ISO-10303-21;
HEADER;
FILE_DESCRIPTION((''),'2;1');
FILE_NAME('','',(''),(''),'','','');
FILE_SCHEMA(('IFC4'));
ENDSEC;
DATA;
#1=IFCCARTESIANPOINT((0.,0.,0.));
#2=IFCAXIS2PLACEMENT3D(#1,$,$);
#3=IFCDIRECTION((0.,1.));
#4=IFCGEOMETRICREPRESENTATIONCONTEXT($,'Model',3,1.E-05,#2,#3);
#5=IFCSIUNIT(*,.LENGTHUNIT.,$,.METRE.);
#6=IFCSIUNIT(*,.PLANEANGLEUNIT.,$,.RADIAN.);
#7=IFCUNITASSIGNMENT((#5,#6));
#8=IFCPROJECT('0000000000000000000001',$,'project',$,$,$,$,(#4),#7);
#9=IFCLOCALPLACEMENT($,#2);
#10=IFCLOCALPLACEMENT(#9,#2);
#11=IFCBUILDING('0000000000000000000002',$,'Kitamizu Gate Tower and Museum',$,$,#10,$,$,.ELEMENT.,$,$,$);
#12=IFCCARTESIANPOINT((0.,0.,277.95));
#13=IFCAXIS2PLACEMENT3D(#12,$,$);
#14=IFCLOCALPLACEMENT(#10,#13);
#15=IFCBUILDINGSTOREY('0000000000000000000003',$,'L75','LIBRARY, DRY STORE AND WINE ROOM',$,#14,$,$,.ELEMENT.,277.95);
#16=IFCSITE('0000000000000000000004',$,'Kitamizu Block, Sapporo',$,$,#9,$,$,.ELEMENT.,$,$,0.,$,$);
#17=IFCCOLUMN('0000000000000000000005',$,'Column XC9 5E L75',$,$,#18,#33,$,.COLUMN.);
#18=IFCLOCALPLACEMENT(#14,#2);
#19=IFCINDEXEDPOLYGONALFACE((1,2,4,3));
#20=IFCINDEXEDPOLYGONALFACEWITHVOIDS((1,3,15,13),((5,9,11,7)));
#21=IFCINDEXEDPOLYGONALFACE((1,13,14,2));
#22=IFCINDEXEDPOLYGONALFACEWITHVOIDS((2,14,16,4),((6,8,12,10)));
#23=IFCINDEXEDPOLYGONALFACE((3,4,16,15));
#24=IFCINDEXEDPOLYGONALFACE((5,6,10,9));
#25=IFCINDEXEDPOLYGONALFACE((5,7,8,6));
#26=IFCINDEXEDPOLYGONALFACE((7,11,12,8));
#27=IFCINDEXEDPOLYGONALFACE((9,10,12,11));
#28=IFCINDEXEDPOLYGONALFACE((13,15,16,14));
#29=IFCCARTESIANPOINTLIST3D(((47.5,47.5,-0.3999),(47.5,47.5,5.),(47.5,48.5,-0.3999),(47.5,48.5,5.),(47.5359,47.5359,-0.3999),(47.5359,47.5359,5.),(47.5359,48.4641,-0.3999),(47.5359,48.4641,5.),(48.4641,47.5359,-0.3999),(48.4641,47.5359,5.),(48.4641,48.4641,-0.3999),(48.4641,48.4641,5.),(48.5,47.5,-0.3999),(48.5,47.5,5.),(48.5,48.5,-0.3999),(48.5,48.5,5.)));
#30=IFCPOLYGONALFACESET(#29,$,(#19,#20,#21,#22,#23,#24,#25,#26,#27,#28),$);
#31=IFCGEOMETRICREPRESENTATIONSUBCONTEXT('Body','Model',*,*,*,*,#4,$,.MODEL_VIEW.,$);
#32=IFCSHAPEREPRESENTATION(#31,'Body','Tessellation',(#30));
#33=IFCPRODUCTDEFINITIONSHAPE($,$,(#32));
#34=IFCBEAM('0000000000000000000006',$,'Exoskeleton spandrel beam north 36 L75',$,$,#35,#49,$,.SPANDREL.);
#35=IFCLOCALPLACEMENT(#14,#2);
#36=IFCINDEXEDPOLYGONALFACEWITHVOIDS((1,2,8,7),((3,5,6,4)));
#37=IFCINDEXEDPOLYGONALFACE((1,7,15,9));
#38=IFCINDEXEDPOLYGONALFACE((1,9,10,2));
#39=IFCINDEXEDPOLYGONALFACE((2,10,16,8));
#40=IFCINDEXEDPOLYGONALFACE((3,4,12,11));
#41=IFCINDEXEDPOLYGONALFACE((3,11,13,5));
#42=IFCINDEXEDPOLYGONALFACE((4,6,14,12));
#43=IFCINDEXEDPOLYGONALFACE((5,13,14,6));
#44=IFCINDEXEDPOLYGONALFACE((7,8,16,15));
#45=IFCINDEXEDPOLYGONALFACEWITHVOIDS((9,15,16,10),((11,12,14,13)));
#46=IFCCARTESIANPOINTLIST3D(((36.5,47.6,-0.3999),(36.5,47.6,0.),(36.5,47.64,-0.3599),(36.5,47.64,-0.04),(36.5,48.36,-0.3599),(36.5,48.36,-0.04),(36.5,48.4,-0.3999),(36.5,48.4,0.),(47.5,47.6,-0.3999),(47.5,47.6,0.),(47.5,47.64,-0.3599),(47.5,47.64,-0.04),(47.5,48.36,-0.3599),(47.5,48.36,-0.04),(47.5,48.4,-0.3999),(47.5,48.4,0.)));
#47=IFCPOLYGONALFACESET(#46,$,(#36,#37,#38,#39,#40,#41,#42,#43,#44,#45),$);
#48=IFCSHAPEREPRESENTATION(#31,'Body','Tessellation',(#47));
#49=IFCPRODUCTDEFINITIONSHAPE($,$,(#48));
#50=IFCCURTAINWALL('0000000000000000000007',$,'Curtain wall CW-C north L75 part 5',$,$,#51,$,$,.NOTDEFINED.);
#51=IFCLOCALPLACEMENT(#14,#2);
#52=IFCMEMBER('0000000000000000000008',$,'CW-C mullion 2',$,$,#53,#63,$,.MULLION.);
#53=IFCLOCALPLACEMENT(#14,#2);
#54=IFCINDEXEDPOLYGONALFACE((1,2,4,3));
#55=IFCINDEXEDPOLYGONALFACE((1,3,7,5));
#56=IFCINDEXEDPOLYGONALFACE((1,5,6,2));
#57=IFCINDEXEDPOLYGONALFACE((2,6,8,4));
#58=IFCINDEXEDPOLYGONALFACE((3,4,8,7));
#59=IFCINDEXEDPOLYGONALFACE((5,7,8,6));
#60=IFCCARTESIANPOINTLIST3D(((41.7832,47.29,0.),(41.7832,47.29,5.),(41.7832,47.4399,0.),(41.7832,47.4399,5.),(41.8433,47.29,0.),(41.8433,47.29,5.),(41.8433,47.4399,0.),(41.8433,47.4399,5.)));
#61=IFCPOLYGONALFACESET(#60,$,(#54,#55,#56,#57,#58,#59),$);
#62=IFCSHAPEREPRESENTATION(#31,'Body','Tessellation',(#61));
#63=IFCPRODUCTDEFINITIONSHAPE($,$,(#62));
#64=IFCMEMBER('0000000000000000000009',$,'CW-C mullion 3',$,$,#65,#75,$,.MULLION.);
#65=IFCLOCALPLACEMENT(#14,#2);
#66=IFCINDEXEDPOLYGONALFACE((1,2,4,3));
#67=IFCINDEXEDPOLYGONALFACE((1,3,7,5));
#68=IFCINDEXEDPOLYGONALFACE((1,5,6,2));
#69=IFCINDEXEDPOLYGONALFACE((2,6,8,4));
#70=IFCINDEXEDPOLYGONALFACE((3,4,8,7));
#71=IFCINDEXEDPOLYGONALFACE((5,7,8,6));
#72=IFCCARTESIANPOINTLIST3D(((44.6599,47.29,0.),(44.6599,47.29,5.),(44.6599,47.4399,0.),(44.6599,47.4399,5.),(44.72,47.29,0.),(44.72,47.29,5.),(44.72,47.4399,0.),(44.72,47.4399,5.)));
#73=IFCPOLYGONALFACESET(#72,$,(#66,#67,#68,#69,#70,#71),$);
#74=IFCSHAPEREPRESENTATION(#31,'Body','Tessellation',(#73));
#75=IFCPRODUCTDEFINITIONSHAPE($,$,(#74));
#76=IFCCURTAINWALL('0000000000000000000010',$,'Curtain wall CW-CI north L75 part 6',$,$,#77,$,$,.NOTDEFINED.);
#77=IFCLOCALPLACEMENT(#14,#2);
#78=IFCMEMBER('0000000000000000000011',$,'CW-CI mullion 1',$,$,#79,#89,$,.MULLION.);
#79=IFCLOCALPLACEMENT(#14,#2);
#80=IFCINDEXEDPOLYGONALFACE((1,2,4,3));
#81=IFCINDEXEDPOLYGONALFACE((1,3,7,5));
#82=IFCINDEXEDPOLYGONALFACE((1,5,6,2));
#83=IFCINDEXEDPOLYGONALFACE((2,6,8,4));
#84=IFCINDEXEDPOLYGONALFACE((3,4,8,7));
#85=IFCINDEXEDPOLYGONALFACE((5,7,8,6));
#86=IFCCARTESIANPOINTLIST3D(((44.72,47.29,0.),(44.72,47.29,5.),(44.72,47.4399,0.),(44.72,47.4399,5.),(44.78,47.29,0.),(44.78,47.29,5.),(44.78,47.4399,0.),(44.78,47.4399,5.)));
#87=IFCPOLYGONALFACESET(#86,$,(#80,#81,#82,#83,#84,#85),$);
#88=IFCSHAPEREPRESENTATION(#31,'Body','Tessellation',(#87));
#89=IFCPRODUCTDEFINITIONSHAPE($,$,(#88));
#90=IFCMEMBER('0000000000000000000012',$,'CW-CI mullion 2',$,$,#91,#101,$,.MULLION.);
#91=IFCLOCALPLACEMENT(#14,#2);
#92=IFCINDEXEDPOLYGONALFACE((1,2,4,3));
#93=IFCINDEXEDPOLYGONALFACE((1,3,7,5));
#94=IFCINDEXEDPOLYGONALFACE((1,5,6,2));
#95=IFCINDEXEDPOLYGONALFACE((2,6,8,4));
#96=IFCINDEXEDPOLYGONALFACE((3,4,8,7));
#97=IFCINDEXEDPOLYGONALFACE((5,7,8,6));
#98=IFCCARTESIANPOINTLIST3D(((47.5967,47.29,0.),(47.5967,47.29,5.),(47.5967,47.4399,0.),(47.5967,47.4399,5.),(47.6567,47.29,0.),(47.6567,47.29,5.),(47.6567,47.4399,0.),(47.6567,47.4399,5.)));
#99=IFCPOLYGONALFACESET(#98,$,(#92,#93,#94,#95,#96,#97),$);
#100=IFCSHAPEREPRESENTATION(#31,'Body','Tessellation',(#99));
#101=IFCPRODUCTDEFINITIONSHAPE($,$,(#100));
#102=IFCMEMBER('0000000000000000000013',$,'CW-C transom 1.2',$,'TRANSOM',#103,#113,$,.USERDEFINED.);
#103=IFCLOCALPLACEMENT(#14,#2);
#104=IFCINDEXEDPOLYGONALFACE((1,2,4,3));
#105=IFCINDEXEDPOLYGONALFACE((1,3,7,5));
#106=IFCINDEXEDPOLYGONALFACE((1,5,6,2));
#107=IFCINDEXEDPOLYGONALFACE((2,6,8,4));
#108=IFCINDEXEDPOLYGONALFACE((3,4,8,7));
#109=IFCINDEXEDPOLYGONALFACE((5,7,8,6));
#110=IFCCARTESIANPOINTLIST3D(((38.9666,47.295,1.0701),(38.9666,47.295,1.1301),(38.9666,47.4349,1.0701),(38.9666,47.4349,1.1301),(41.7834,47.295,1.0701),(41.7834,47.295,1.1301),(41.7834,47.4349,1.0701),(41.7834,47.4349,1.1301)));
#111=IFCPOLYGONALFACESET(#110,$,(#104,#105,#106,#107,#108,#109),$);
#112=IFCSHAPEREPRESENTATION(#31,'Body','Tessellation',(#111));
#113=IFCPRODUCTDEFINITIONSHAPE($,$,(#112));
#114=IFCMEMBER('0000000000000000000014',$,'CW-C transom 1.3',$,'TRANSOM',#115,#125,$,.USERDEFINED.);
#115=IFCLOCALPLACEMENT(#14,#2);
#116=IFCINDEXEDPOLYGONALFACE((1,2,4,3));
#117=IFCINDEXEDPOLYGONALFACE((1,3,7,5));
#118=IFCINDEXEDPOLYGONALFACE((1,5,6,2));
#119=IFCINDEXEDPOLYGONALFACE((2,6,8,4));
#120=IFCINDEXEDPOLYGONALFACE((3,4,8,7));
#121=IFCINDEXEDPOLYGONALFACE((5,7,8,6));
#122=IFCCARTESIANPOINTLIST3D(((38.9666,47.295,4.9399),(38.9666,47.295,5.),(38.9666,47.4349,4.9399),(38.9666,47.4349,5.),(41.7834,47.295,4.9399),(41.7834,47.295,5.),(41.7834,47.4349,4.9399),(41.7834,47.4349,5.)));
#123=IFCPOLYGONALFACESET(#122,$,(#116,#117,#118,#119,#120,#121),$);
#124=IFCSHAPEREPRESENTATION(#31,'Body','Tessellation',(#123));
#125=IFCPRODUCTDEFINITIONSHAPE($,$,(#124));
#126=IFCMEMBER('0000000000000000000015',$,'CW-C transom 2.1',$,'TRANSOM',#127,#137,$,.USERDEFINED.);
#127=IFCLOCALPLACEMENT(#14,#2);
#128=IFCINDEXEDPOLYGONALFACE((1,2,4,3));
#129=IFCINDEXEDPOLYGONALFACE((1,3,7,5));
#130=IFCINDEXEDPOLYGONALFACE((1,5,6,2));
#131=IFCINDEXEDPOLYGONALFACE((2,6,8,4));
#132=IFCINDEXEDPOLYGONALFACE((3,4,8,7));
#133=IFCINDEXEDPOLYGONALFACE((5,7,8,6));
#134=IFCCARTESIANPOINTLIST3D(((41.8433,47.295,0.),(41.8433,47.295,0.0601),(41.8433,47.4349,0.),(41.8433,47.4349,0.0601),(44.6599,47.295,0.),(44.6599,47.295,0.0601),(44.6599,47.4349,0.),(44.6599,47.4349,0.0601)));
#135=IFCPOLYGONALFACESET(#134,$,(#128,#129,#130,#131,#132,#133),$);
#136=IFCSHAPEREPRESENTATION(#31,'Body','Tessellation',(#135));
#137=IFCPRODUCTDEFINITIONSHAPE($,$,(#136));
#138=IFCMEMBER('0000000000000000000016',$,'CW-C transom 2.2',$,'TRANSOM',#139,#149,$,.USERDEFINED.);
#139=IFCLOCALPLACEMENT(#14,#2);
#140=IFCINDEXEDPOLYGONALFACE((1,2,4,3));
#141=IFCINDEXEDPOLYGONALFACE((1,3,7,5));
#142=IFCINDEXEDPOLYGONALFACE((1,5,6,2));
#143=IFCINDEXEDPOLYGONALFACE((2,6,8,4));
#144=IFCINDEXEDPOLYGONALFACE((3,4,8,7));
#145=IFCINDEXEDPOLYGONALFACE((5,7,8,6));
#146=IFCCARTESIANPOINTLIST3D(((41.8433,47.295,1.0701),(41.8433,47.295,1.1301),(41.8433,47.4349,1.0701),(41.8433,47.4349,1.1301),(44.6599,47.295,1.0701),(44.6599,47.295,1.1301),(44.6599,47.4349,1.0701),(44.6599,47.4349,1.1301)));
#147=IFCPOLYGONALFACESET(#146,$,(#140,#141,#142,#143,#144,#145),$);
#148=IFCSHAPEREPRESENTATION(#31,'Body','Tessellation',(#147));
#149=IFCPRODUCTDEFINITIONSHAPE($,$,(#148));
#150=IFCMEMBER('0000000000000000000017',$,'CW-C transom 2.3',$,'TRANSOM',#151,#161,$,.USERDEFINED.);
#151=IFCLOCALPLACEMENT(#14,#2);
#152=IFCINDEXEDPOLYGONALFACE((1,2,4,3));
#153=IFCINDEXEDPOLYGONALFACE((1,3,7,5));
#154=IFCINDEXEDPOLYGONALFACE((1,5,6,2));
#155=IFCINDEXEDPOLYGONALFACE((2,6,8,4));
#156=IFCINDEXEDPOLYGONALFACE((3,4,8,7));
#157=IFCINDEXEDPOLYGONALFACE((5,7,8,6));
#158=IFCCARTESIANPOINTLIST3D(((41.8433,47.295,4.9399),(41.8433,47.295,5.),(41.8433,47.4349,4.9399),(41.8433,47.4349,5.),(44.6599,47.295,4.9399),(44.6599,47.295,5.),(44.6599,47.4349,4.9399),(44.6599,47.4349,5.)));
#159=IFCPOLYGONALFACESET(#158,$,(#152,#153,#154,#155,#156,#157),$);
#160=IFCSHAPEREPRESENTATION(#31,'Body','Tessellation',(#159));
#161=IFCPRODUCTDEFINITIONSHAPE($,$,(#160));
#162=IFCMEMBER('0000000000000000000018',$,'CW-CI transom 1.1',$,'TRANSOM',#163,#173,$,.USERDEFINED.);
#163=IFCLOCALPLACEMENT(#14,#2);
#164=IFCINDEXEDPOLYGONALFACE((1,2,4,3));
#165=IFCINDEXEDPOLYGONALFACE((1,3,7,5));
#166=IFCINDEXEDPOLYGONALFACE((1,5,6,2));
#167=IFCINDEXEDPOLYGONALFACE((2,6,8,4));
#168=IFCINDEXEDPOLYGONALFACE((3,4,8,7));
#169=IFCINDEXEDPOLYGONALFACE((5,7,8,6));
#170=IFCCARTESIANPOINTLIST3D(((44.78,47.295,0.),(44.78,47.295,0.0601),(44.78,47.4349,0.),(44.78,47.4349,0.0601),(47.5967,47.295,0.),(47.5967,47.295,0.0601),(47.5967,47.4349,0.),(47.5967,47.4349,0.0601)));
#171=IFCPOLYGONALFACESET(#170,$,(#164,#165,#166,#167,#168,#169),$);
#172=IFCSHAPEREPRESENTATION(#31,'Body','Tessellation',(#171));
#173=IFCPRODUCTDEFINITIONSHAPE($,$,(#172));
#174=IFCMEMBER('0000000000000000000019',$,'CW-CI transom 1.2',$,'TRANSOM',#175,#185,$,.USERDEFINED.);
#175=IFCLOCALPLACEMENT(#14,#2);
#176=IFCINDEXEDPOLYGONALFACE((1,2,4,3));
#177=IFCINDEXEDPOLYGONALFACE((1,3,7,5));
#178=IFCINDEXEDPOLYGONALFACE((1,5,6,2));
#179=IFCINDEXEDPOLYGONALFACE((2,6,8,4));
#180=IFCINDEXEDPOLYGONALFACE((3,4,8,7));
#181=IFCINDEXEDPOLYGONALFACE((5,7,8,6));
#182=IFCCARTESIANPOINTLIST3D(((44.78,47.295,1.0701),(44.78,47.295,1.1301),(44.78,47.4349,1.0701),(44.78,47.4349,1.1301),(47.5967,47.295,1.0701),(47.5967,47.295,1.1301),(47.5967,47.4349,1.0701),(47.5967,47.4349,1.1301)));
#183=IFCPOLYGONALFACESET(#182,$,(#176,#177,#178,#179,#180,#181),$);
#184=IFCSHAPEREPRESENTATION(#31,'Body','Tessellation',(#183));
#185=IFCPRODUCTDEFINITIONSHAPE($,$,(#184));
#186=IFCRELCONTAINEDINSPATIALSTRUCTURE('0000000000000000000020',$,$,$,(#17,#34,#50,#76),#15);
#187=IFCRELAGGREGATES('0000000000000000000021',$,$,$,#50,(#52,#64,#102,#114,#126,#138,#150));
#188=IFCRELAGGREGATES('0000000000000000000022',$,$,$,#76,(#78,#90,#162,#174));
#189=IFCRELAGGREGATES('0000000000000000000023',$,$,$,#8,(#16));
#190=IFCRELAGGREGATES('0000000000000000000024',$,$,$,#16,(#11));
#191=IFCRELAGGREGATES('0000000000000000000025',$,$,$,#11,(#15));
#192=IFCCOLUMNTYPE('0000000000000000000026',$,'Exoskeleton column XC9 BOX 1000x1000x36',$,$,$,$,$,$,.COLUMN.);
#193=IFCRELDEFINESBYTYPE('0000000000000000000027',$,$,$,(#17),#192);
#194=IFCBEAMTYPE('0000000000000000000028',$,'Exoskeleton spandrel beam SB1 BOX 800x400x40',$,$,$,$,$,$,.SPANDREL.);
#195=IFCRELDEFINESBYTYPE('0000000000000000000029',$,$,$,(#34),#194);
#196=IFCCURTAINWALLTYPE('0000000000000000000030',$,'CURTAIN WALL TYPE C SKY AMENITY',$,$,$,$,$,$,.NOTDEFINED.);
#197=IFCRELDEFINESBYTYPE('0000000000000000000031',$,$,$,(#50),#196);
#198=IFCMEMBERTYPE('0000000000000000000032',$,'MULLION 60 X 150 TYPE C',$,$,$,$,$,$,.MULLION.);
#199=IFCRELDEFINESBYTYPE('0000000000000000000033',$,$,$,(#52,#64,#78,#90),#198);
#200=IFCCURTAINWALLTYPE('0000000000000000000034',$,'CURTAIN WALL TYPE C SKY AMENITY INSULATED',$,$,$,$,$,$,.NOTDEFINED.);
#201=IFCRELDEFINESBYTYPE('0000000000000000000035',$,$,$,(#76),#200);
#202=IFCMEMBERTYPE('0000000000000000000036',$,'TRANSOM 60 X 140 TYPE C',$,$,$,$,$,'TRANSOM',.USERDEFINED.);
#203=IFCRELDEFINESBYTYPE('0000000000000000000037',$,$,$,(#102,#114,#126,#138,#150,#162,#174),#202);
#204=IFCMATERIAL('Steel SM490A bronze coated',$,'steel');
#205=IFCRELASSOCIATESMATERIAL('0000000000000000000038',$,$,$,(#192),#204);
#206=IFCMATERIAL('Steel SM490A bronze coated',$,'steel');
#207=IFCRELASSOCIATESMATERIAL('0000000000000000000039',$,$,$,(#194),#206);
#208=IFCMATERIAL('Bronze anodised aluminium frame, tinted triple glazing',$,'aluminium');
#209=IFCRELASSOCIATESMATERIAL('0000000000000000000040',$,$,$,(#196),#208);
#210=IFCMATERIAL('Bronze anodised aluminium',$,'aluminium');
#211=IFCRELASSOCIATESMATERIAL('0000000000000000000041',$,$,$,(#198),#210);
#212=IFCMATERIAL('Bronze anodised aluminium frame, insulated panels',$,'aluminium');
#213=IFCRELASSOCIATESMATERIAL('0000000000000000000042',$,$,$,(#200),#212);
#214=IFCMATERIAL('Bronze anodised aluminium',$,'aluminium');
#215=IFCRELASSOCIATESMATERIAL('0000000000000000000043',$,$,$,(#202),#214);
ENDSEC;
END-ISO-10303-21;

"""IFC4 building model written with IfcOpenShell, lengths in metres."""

from ifc_helpers import new_model, si_unit, direction, frame, origin, origin_2d, place, context, subcontext, project, spatial, rectangle, hollow_rectangle, extrude, material, material_profile, profile_set, type_object, element, aggregate, save


model = new_model("IFC4")

# Units and contexts
model_context = context("Model", 3, precision=1e-05, world=origin(), true_north=direction((0.0, 1.0)))
body_context = subcontext(model_context, "Body", "Model", "MODEL_VIEW")
ifc_project = project(units=[si_unit("LENGTHUNIT", "METRE"), si_unit("PLANEANGLEUNIT", "RADIAN")], contexts=[model_context])

# Site, building, storey
site_placement = place(None, origin())
site = spatial("IfcSite", under=ifc_project, at=site_placement, Name="Kitamizu Block, Sapporo", CompositionType="ELEMENT", RefElevation=0.0)
building_placement = place(site_placement, origin())
building = spatial("IfcBuilding", under=site, at=building_placement, Name="Kitamizu Gate Tower and Museum", CompositionType="ELEMENT")
storey_placement = place(building_placement, frame((0.0, 0.0, 277.95)))
storey = spatial("IfcBuildingStorey", under=building, at=storey_placement, Name="L75", Description="LIBRARY, DRY STORE AND WINE ROOM", CompositionType="ELEMENT", Elevation=277.95)

# Column
ifc_material_1 = material(Name="Steel SM490A bronze coated", Category="steel")
ifc_material_profile_1 = material_profile(ifc_material_1, hollow_rectangle(XDim=1.0, YDim=1.0, WallThickness=0.0359, at=origin_2d()), Name="BOX 1000x1000x36")
ifc_profile_set_1 = profile_set([ifc_material_profile_1], Name="Steel SM490A bronze coated")
column_type = type_object("IfcColumnType", Name="Exoskeleton column XC9 BOX 1000x1000x36", PredefinedType="COLUMN", material=ifc_profile_set_1)
column_placement = place(storey_placement, frame((48.0, 48.0, -0.3999), z_axis=(0.0, 0.0, 1.0), x_axis=(1.0, 0.0, 0.0)))
element("IfcColumn", 1, at=column_placement, inside=storey, type_object=column_type, Name="Column XC9 5E L75", PredefinedType="COLUMN", context=body_context, shape_type="SweptSolid", body=[
    extrude(hollow_rectangle(XDim=1.0, YDim=1.0, WallThickness=0.0359, at=origin_2d()), origin(), (0.0, 0.0, 1.0), 5.3999),
])

# Beam
ifc_material_2 = material(Name="Steel SM490A bronze coated", Category="steel")
ifc_material_profile_2 = material_profile(ifc_material_2, hollow_rectangle(XDim=0.8, YDim=0.3999, WallThickness=0.04, at=origin_2d()), Name="BOX 800x400x40")
ifc_profile_set_2 = profile_set([ifc_material_profile_2], Name="Steel SM490A bronze coated")
beam_type_1 = type_object("IfcBeamType", Name="Exoskeleton spandrel beam SB1 BOX 800x400x40", PredefinedType="SPANDREL", material=ifc_profile_set_2)
beam_1_placement = place(storey_placement, frame((36.5, 48.0, -0.2), z_axis=(1.0, 0.0, 0.0), x_axis=(0.0, 1.0, 0.0)))
element("IfcBeam", 2, at=beam_1_placement, inside=storey, type_object=beam_type_1, Name="Exoskeleton spandrel beam north 36 L75", PredefinedType="SPANDREL", context=body_context, shape_type="SweptSolid", body=[
    extrude(hollow_rectangle(XDim=0.8, YDim=0.3999, WallThickness=0.04, at=origin_2d()), origin(), (0.0, 0.0, 1.0), 11.0),
])

# Curtain walls, members
ifc_material_3 = material(Name="Bronze anodised aluminium frame, tinted triple glazing", Category="aluminium")
curtain_wall_type_1 = type_object("IfcCurtainWallType", Name="CURTAIN WALL TYPE C SKY AMENITY", PredefinedType="NOTDEFINED", material=ifc_material_3)
curtain_wall_1_placement = place(storey_placement, origin())
curtain_wall_1 = element("IfcCurtainWall", 3, at=curtain_wall_1_placement, inside=storey, type_object=curtain_wall_type_1, Name="Curtain wall CW-C north L75 part 5", PredefinedType="NOTDEFINED")
ifc_material_4 = material(Name="Bronze anodised aluminium", Category="aluminium")
ifc_material_profile_3 = material_profile(ifc_material_4, rectangle(XDim=0.0601, YDim=0.1499, at=origin_2d()), Name="AL 60X150")
ifc_profile_set_3 = profile_set([ifc_material_profile_3], Name="Bronze anodised aluminium")
member_type_1 = type_object("IfcMemberType", Name="MULLION 60 X 150 TYPE C", PredefinedType="MULLION", material=ifc_profile_set_3)
member_1_placement = place(storey_placement, frame((41.8132, 47.365, 0.0), z_axis=(0.0, 0.0, 1.0), x_axis=(1.0, 0.0, 0.0)))
member_1 = element("IfcMember", 4, at=member_1_placement, type_object=member_type_1, Name="CW-C mullion 2", PredefinedType="MULLION", context=body_context, shape_type="SweptSolid", body=[
    extrude(rectangle(XDim=0.0601, YDim=0.1499, at=origin_2d()), origin(), (0.0, 0.0, 1.0), 5.0),
])
member_2_placement = place(storey_placement, frame((44.6899, 47.365, 0.0), z_axis=(0.0, 0.0, 1.0), x_axis=(1.0, 0.0, 0.0)))
member_2 = element("IfcMember", 5, at=member_2_placement, type_object=member_type_1, Name="CW-C mullion 3", PredefinedType="MULLION", context=body_context, shape_type="SweptSolid", body=[
    extrude(rectangle(XDim=0.0601, YDim=0.1499, at=origin_2d()), origin(), (0.0, 0.0, 1.0), 5.0),
])
ifc_material_5 = material(Name="Bronze anodised aluminium frame, insulated panels", Category="aluminium")
curtain_wall_type_2 = type_object("IfcCurtainWallType", Name="CURTAIN WALL TYPE C SKY AMENITY INSULATED", PredefinedType="NOTDEFINED", material=ifc_material_5)
curtain_wall_2_placement = place(storey_placement, origin())
curtain_wall_2 = element("IfcCurtainWall", 6, at=curtain_wall_2_placement, inside=storey, type_object=curtain_wall_type_2, Name="Curtain wall CW-CI north L75 part 6", PredefinedType="NOTDEFINED")
member_3_placement = place(storey_placement, frame((44.75, 47.365, 0.0), z_axis=(0.0, 0.0, 1.0), x_axis=(1.0, 0.0, 0.0)))
member_3 = element("IfcMember", 7, at=member_3_placement, type_object=member_type_1, Name="CW-CI mullion 1", PredefinedType="MULLION", context=body_context, shape_type="SweptSolid", body=[
    extrude(rectangle(XDim=0.0601, YDim=0.1499, at=origin_2d()), origin(), (0.0, 0.0, 1.0), 5.0),
])
member_4_placement = place(storey_placement, frame((47.6267, 47.365, 0.0), z_axis=(0.0, 0.0, 1.0), x_axis=(1.0, 0.0, 0.0)))
member_4 = element("IfcMember", 8, at=member_4_placement, type_object=member_type_1, Name="CW-CI mullion 2", PredefinedType="MULLION", context=body_context, shape_type="SweptSolid", body=[
    extrude(rectangle(XDim=0.0601, YDim=0.1499, at=origin_2d()), origin(), (0.0, 0.0, 1.0), 5.0),
])

# Members
ifc_material_6 = material(Name="Bronze anodised aluminium", Category="aluminium")
ifc_material_profile_4 = material_profile(ifc_material_6, rectangle(XDim=0.1399, YDim=0.0601, at=origin_2d()), Name="AL 60X140")
ifc_profile_set_4 = profile_set([ifc_material_profile_4], Name="Bronze anodised aluminium")
member_type_2 = type_object("IfcMemberType", Name="TRANSOM 60 X 140 TYPE C", ElementType="TRANSOM", PredefinedType="USERDEFINED", material=ifc_profile_set_4)
member_5_placement = place(storey_placement, frame((38.9666, 47.365, 1.1001), z_axis=(1.0, 0.0, 0.0), x_axis=(0.0, 1.0, 0.0)))
member_5 = element("IfcMember", 9, at=member_5_placement, type_object=member_type_2, Name="CW-C transom 1.2", ObjectType="TRANSOM", PredefinedType="USERDEFINED", context=body_context, shape_type="SweptSolid", body=[
    extrude(rectangle(XDim=0.1399, YDim=0.0601, at=origin_2d()), origin(), (0.0, 0.0, 1.0), 2.8169),
])
member_6_placement = place(storey_placement, frame((38.9666, 47.365, 4.97), z_axis=(1.0, 0.0, 0.0), x_axis=(0.0, 1.0, 0.0)))
member_6 = element("IfcMember", 10, at=member_6_placement, type_object=member_type_2, Name="CW-C transom 1.3", ObjectType="TRANSOM", PredefinedType="USERDEFINED", context=body_context, shape_type="SweptSolid", body=[
    extrude(rectangle(XDim=0.1399, YDim=0.0601, at=origin_2d()), origin(), (0.0, 0.0, 1.0), 2.8169),
])
member_7_placement = place(storey_placement, frame((41.8433, 47.365, 0.03), z_axis=(1.0, 0.0, 0.0), x_axis=(0.0, 1.0, 0.0)))
member_7 = element("IfcMember", 11, at=member_7_placement, type_object=member_type_2, Name="CW-C transom 2.1", ObjectType="TRANSOM", PredefinedType="USERDEFINED", context=body_context, shape_type="SweptSolid", body=[
    extrude(rectangle(XDim=0.1399, YDim=0.0601, at=origin_2d()), origin(), (0.0, 0.0, 1.0), 2.8167),
])
member_8_placement = place(storey_placement, frame((41.8433, 47.365, 1.1001), z_axis=(1.0, 0.0, 0.0), x_axis=(0.0, 1.0, 0.0)))
member_8 = element("IfcMember", 12, at=member_8_placement, type_object=member_type_2, Name="CW-C transom 2.2", ObjectType="TRANSOM", PredefinedType="USERDEFINED", context=body_context, shape_type="SweptSolid", body=[
    extrude(rectangle(XDim=0.1399, YDim=0.0601, at=origin_2d()), origin(), (0.0, 0.0, 1.0), 2.8167),
])
member_9_placement = place(storey_placement, frame((41.8433, 47.365, 4.97), z_axis=(1.0, 0.0, 0.0), x_axis=(0.0, 1.0, 0.0)))
member_9 = element("IfcMember", 13, at=member_9_placement, type_object=member_type_2, Name="CW-C transom 2.3", ObjectType="TRANSOM", PredefinedType="USERDEFINED", context=body_context, shape_type="SweptSolid", body=[
    extrude(rectangle(XDim=0.1399, YDim=0.0601, at=origin_2d()), origin(), (0.0, 0.0, 1.0), 2.8167),
])
member_10_placement = place(storey_placement, frame((44.78, 47.365, 0.03), z_axis=(1.0, 0.0, 0.0), x_axis=(0.0, 1.0, 0.0)))
member_10 = element("IfcMember", 14, at=member_10_placement, type_object=member_type_2, Name="CW-CI transom 1.1", ObjectType="TRANSOM", PredefinedType="USERDEFINED", context=body_context, shape_type="SweptSolid", body=[
    extrude(rectangle(XDim=0.1399, YDim=0.0601, at=origin_2d()), origin(), (0.0, 0.0, 1.0), 2.8167),
])
member_11_placement = place(storey_placement, frame((44.78, 47.365, 1.1001), z_axis=(1.0, 0.0, 0.0), x_axis=(0.0, 1.0, 0.0)))
member_11 = element("IfcMember", 15, at=member_11_placement, type_object=member_type_2, Name="CW-CI transom 1.2", ObjectType="TRANSOM", PredefinedType="USERDEFINED", context=body_context, shape_type="SweptSolid", body=[
    extrude(rectangle(XDim=0.1399, YDim=0.0601, at=origin_2d()), origin(), (0.0, 0.0, 1.0), 2.8167),
])

aggregate(curtain_wall_1, [member_1, member_2, member_5, member_6, member_7, member_8, member_9])
aggregate(curtain_wall_2, [member_3, member_4, member_10, member_11])

save(model, "model.ifc")
